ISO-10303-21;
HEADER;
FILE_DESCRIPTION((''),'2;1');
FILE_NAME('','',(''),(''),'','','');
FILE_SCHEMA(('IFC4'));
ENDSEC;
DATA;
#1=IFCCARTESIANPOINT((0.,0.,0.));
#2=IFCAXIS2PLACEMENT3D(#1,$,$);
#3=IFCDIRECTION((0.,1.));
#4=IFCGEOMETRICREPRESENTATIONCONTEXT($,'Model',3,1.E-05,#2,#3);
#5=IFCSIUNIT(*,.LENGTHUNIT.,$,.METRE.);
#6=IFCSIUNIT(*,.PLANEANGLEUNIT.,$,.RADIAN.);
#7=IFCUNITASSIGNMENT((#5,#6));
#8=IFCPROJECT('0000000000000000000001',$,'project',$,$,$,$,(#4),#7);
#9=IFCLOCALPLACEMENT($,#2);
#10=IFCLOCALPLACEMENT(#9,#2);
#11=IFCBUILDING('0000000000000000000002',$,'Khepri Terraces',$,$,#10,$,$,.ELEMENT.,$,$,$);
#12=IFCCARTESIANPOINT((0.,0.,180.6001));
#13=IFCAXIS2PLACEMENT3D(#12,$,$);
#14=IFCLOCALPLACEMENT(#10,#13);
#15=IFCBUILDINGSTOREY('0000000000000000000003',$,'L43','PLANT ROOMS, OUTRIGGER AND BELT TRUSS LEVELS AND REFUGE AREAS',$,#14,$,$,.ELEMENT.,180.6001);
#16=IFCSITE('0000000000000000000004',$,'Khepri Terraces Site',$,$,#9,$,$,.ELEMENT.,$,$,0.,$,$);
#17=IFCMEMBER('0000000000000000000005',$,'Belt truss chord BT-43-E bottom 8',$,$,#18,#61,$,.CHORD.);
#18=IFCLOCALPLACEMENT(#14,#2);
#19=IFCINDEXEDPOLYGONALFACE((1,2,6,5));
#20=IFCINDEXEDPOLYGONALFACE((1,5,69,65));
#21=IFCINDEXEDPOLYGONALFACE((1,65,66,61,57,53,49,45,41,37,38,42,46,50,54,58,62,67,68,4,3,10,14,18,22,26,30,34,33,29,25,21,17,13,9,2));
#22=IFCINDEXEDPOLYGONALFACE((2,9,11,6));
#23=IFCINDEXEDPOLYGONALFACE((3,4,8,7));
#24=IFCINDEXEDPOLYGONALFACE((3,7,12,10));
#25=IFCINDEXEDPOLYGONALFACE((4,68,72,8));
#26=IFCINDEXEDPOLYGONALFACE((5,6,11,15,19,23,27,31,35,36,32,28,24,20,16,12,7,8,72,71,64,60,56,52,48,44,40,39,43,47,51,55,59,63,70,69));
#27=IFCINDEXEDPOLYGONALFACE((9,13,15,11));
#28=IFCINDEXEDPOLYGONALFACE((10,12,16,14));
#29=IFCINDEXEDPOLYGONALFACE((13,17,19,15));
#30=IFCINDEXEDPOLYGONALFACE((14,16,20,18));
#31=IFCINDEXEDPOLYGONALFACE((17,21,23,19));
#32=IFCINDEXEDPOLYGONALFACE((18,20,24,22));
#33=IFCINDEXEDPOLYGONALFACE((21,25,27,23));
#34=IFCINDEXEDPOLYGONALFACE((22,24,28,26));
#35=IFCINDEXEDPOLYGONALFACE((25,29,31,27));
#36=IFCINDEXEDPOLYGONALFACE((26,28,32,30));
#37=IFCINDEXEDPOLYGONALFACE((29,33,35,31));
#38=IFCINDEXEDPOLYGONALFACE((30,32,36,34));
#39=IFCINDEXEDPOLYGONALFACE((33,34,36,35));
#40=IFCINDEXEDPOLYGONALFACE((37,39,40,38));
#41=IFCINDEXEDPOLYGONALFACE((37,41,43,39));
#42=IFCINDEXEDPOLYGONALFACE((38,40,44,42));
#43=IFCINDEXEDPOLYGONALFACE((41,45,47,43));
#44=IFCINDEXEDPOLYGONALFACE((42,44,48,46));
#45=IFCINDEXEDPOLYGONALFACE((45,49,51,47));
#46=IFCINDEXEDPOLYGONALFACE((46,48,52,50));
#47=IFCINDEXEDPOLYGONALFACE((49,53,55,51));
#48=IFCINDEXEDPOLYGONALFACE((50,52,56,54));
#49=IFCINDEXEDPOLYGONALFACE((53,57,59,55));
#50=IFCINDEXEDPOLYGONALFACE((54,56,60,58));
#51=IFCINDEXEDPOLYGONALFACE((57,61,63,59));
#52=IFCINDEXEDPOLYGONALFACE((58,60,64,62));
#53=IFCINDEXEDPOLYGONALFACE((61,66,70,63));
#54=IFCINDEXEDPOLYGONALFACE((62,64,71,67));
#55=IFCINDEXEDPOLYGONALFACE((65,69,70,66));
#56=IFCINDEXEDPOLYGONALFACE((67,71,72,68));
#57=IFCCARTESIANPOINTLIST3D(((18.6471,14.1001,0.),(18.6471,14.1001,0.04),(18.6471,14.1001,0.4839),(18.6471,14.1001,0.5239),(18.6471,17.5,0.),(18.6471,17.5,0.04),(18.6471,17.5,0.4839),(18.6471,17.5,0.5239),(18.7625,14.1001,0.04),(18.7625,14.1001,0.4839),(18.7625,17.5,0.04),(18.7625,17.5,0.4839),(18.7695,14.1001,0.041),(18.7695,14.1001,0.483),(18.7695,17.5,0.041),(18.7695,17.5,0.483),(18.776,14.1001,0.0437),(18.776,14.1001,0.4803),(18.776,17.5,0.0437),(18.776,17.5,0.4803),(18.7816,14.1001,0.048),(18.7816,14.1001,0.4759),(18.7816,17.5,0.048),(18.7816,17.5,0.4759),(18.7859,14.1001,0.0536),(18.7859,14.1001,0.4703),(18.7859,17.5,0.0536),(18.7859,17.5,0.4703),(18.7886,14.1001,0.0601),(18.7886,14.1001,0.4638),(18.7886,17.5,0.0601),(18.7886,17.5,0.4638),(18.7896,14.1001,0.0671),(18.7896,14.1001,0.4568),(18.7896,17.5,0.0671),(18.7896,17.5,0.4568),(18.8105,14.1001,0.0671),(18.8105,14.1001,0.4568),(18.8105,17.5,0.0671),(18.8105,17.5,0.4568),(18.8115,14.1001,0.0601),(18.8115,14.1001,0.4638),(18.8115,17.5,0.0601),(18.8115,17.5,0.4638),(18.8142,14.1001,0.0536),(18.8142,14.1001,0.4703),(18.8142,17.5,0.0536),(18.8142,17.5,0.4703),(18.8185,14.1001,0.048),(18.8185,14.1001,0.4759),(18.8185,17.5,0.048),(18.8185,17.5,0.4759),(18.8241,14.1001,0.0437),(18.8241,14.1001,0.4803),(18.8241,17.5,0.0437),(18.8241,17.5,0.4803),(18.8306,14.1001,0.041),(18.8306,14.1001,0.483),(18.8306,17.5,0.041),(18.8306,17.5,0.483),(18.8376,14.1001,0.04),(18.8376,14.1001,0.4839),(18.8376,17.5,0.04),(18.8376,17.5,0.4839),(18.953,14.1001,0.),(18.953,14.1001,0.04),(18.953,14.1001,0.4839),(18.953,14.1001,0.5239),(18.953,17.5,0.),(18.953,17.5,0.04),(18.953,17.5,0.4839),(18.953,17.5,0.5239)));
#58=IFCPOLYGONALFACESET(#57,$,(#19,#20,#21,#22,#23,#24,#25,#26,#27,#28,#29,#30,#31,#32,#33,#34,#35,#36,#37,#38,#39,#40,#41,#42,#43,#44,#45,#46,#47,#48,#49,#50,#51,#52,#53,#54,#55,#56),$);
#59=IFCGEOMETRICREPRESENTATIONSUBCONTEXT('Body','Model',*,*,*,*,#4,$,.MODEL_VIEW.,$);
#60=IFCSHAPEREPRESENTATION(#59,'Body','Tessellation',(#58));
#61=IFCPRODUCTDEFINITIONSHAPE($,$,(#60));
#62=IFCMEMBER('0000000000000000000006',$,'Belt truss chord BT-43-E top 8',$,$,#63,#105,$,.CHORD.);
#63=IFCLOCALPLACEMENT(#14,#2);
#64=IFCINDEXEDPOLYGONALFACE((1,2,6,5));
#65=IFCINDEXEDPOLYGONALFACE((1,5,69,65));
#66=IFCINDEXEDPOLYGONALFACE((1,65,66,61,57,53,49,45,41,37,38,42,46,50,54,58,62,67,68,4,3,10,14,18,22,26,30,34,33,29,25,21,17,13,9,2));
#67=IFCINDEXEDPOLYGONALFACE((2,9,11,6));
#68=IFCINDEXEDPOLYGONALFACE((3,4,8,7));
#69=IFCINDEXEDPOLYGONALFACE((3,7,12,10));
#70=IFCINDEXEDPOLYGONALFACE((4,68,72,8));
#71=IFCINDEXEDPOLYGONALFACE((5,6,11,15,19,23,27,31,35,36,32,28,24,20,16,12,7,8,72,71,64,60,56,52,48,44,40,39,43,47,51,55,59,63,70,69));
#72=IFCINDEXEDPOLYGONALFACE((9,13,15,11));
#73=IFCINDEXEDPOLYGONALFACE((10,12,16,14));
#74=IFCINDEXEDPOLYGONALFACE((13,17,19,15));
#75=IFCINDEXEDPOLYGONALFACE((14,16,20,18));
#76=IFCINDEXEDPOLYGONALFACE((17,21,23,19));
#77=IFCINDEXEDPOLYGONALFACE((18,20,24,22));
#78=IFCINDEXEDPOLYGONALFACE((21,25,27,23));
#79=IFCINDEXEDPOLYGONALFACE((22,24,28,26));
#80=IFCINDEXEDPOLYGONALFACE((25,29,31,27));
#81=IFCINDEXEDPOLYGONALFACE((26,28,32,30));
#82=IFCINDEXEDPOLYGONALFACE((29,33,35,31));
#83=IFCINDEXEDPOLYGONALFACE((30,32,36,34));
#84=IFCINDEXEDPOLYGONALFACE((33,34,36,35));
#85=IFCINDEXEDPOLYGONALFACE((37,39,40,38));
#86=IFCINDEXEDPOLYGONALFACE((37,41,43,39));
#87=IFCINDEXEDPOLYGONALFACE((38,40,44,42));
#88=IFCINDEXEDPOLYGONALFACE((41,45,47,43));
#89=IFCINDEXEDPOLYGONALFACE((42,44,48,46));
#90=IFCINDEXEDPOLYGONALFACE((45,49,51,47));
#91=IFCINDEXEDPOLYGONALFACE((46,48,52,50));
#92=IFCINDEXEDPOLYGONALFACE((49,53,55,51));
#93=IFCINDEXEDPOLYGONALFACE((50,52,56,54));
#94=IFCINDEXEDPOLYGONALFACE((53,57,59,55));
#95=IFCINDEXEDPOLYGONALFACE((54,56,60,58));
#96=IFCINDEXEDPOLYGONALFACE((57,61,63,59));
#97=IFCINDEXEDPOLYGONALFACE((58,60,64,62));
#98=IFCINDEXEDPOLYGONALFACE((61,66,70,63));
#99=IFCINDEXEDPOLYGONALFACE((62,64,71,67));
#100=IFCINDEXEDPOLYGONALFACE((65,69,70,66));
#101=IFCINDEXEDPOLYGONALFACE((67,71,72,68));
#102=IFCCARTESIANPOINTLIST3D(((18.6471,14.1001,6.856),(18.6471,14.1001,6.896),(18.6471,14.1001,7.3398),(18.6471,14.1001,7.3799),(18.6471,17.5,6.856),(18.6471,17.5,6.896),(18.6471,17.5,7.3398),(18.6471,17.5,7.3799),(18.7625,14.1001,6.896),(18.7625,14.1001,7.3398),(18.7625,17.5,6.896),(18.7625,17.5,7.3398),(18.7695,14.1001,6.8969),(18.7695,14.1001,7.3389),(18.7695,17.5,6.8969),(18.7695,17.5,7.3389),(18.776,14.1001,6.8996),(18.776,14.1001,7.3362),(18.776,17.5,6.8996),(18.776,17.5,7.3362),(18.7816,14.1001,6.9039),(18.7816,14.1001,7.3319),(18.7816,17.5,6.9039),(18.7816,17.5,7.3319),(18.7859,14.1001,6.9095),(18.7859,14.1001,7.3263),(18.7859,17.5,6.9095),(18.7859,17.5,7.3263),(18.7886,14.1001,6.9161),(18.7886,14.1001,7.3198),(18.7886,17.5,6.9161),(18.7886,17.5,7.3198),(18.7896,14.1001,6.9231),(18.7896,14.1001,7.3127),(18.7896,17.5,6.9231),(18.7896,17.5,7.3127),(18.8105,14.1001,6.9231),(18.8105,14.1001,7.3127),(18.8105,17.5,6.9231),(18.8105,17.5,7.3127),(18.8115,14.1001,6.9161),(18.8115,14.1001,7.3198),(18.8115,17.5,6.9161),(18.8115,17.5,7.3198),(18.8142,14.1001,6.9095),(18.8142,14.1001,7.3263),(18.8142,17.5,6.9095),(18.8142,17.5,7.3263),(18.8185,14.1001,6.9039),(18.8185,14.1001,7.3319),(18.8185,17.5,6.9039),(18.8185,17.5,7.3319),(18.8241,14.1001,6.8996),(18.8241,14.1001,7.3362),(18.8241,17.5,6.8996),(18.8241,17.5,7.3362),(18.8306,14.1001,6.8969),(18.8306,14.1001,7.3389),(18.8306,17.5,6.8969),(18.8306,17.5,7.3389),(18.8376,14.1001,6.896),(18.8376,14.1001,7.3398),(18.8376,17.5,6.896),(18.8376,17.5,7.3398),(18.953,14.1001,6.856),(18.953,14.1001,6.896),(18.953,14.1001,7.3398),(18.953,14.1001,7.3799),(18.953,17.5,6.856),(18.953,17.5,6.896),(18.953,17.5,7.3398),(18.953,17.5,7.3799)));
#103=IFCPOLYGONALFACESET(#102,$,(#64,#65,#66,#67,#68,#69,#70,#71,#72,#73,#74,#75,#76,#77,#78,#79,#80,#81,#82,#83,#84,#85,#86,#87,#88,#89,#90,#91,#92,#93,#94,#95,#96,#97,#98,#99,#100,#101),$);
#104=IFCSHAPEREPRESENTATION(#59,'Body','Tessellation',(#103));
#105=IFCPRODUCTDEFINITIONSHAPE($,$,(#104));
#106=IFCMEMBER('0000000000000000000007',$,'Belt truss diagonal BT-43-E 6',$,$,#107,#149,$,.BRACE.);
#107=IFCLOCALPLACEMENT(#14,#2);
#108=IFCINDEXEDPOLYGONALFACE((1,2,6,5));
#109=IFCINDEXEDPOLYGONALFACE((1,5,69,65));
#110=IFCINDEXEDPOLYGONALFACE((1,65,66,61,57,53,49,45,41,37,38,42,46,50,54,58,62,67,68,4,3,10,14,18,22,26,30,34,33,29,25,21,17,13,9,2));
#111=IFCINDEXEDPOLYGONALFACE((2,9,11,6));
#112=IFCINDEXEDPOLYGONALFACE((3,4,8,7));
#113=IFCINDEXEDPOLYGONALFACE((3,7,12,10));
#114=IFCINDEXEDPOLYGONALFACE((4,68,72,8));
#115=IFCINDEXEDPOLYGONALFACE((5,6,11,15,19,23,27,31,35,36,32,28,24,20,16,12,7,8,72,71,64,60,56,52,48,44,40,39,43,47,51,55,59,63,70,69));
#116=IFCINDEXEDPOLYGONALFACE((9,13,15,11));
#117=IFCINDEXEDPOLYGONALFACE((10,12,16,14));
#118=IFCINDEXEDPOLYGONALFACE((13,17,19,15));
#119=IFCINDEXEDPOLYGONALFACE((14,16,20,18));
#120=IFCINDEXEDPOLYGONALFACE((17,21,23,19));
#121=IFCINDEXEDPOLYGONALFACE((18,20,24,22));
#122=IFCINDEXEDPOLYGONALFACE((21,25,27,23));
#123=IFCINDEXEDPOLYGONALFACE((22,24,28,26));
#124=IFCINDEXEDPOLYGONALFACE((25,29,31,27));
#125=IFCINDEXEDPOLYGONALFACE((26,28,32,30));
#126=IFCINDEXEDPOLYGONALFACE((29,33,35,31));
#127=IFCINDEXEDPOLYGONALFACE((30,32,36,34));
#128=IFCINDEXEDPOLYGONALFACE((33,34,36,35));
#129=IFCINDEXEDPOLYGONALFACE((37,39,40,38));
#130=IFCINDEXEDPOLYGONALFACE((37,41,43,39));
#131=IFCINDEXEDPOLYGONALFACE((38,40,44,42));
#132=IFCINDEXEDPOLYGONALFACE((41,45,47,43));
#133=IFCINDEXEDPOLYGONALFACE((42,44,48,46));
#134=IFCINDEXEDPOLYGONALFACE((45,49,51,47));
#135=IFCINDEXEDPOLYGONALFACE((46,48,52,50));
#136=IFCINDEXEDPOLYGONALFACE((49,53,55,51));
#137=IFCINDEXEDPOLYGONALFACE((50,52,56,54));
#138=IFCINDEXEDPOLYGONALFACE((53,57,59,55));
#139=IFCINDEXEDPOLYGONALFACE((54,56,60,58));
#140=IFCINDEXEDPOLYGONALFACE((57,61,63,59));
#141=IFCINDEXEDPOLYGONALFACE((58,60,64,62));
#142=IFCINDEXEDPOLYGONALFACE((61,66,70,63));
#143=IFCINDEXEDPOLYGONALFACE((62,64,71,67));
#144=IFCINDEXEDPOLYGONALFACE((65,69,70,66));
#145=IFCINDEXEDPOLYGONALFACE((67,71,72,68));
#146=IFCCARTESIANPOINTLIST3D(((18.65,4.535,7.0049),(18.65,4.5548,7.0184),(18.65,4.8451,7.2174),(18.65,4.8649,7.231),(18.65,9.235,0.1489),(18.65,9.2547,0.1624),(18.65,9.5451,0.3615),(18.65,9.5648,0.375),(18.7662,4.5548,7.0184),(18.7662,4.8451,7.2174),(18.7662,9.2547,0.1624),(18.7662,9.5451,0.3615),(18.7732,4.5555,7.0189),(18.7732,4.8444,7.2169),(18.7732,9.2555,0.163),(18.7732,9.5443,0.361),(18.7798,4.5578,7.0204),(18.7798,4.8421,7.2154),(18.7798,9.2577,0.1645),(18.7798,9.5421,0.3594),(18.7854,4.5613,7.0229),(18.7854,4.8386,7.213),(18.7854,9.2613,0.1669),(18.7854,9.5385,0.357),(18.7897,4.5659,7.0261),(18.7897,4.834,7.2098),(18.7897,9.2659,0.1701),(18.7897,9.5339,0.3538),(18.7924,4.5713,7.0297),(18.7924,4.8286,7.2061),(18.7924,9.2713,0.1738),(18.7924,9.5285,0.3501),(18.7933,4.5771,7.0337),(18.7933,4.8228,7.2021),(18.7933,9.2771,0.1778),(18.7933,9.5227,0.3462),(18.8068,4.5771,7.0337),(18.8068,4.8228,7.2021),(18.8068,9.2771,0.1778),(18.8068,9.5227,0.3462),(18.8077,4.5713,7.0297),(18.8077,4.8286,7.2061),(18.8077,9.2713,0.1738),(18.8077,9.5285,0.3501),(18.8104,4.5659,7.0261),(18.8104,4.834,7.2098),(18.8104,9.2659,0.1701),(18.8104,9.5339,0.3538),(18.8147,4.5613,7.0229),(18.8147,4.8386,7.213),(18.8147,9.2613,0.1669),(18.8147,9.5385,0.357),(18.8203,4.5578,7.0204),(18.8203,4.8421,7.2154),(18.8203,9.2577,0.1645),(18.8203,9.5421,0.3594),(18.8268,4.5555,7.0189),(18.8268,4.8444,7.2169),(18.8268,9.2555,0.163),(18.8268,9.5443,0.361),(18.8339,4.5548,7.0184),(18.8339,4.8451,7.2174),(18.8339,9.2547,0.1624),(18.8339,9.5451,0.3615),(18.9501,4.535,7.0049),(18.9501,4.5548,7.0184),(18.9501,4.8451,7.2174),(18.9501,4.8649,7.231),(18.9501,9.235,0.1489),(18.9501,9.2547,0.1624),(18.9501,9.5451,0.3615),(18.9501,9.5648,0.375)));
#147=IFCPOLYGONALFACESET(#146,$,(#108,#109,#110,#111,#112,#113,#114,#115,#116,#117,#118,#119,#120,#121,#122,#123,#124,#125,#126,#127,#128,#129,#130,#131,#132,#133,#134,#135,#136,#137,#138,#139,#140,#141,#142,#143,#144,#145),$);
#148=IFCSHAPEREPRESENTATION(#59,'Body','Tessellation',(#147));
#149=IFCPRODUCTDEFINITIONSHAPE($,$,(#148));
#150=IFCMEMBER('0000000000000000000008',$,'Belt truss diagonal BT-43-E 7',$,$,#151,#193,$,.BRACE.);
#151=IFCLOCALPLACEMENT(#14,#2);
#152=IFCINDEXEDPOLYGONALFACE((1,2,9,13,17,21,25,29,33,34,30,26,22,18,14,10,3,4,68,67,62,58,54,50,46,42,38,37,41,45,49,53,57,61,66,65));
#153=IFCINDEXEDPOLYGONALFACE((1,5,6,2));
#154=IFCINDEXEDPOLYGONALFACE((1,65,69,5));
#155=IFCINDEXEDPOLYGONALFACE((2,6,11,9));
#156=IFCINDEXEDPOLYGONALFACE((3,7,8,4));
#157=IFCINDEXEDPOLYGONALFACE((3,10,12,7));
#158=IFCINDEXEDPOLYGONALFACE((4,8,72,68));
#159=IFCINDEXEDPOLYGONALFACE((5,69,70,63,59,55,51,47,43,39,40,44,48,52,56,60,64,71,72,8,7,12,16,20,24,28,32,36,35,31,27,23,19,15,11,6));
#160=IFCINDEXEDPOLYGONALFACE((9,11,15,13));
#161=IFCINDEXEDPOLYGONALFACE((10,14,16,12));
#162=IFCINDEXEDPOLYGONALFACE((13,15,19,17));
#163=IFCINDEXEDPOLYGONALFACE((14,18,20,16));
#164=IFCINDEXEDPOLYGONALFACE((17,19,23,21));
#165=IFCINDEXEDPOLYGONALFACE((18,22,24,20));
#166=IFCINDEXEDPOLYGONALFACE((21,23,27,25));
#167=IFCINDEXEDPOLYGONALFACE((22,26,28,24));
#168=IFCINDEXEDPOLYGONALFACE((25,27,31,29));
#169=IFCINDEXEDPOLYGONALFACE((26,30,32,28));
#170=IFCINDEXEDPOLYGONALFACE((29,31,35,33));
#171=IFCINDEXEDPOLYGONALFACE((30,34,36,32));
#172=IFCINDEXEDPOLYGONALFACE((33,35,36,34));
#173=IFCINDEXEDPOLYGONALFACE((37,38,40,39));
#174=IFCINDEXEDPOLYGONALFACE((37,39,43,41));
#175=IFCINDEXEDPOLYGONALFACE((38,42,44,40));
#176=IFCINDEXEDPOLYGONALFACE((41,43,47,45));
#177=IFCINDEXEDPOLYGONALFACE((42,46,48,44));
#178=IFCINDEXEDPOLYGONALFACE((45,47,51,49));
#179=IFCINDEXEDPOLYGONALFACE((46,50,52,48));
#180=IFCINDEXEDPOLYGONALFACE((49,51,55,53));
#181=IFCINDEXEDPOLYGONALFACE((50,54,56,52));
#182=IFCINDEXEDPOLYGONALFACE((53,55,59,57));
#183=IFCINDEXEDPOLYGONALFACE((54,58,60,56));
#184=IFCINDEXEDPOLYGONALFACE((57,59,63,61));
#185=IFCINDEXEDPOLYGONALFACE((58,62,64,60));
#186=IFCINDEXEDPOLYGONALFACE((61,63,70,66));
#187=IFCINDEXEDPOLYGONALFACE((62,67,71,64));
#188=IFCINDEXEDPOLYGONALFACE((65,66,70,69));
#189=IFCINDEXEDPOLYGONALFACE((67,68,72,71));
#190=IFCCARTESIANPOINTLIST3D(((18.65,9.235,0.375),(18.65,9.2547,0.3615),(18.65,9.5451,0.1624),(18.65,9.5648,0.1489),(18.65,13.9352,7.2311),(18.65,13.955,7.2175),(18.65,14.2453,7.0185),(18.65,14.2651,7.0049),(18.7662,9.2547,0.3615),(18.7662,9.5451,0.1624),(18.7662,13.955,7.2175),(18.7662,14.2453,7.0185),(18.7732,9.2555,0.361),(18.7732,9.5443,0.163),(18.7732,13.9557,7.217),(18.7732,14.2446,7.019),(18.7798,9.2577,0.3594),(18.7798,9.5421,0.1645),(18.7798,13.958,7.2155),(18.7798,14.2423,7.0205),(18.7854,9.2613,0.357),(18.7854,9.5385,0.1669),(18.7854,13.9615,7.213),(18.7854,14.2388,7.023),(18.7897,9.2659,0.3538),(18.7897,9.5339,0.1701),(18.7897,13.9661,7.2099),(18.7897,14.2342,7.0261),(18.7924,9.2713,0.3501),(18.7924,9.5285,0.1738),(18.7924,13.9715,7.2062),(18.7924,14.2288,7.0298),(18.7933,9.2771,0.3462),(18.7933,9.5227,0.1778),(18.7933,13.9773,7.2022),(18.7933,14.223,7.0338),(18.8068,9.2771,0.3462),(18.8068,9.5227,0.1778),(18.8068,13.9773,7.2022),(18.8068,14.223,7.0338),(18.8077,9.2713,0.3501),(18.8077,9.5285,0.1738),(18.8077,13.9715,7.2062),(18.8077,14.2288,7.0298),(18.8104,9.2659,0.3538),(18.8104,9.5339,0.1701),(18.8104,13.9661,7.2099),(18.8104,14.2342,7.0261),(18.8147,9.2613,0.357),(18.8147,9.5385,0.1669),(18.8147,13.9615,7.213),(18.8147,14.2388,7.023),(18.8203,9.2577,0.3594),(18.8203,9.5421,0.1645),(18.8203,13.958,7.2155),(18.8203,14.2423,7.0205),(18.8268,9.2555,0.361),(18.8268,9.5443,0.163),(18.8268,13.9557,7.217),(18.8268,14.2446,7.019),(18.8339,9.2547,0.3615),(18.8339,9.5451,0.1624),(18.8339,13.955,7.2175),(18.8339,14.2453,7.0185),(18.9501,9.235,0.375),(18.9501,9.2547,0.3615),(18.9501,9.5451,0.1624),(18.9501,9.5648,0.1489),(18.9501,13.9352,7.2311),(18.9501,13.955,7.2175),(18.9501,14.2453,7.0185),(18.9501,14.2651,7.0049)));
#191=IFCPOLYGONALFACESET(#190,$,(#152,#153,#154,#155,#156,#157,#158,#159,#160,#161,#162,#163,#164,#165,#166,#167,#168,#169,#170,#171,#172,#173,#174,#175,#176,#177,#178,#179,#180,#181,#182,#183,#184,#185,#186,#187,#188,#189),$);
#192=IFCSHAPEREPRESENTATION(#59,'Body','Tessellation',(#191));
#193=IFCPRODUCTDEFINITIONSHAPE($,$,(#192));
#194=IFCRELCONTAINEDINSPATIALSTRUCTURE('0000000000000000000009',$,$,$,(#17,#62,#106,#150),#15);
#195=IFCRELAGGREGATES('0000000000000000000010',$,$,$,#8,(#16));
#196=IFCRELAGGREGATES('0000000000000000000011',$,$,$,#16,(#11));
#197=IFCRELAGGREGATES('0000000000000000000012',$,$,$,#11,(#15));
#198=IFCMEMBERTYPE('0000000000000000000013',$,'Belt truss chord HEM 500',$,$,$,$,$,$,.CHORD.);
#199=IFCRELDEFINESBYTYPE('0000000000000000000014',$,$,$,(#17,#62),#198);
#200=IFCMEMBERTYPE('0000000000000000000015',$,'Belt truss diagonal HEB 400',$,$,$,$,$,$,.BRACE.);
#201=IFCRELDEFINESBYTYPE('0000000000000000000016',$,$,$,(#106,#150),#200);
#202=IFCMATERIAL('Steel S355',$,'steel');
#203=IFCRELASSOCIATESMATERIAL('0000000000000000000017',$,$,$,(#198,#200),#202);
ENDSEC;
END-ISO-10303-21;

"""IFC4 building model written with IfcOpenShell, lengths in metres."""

from ifc_helpers import new_model, si_unit, direction, frame, origin, origin_2d, place, context, subcontext, project, spatial, i_section, extrude, material, material_profile, profile_set, type_object, element, save


model = new_model("IFC4")

# Units and contexts
model_context = context("Model", 3, precision=1e-05, world=origin(), true_north=direction((0.0, 1.0)))
body_context = subcontext(model_context, "Body", "Model", "MODEL_VIEW")
ifc_project = project(units=[si_unit("LENGTHUNIT", "METRE"), si_unit("PLANEANGLEUNIT", "RADIAN")], contexts=[model_context])

# Site, building, storey
site_placement = place(None, origin())
site = spatial("IfcSite", under=ifc_project, at=site_placement, Name="Khepri Terraces Site", CompositionType="ELEMENT", RefElevation=0.0)
building_placement = place(site_placement, origin())
building = spatial("IfcBuilding", under=site, at=building_placement, Name="Khepri Terraces", CompositionType="ELEMENT")
storey_placement = place(building_placement, frame((0.0, 0.0, 180.6001)))
storey = spatial("IfcBuildingStorey", under=building, at=storey_placement, Name="L43", Description="PLANT ROOMS, OUTRIGGER AND BELT TRUSS LEVELS AND REFUGE AREAS", CompositionType="ELEMENT", Elevation=180.6001)

# Members
ifc_material_1 = material(Name="Steel S355", Category="steel")
ifc_material_profile_1 = material_profile(ifc_material_1, i_section(OverallWidth=0.3059, OverallDepth=0.5239, WebThickness=0.021, FlangeThickness=0.04, FilletRadius=0.0271, at=origin_2d()), Name="Steel S355", Category="steel")
ifc_profile_set_1 = profile_set([ifc_material_profile_1], Name="Steel S355")
member_type_1 = type_object("IfcMemberType", Name="Belt truss chord HEM 500", PredefinedType="CHORD", material=ifc_profile_set_1)
for number, where, z_axis, x_axis, name in (
    (1, (18.8, 14.1001, 0.262), (0.0, 1.0, 0.0), (-1.0, 0.0, 0.0), "Belt truss chord BT-43-E bottom 8"),
    (2, (18.8, 14.1001, 7.1179), (0.0, 1.0, 0.0), (-1.0, 0.0, 0.0), "Belt truss chord BT-43-E top 8"),
):
    element("IfcMember", number, at=place(storey_placement, frame(where, z_axis=z_axis, x_axis=x_axis)), inside=storey, type_object=member_type_1, Name=name, PredefinedType="CHORD", context=body_context, shape_type="SweptSolid", body=[
        extrude(i_section(OverallWidth=0.3059, OverallDepth=0.5239, WebThickness=0.021, FlangeThickness=0.04, FilletRadius=0.0271, at=origin_2d()), origin(), (0.0, 0.0, 1.0), 3.3999),
    ])
ifc_material_profile_2 = material_profile(ifc_material_1, i_section(OverallWidth=0.3, OverallDepth=0.3999, WebThickness=0.0134, FlangeThickness=0.0239, FilletRadius=0.0271, at=origin_2d()), Name="Steel S355", Category="steel")
ifc_profile_set_2 = profile_set([ifc_material_profile_2], Name="Steel S355")
member_type_2 = type_object("IfcMemberType", Name="Belt truss diagonal HEB 400", PredefinedType="BRACE", material=ifc_profile_set_2)
member_1_placement = place(storey_placement, frame((18.8, 4.7, 7.1179), z_axis=(0.0, 0.565424, -0.8248), x_axis=(-1.0, 0.0, 0.0)))
element("IfcMember", 3, at=member_1_placement, inside=storey, type_object=member_type_2, Name="Belt truss diagonal BT-43-E 6", PredefinedType="BRACE", context=body_context, shape_type="SweptSolid", body=[
    extrude(i_section(OverallWidth=0.3, OverallDepth=0.3999, WebThickness=0.0134, FlangeThickness=0.0239, FilletRadius=0.0271, at=origin_2d()), origin(), (0.0, 0.0, 1.0), 8.3123),
])
member_2_placement = place(storey_placement, frame((18.8, 9.3999, 0.262), z_axis=(0.0, 0.565444, 0.824787), x_axis=(-1.0, 0.0, 0.0)))
element("IfcMember", 4, at=member_2_placement, inside=storey, type_object=member_type_2, Name="Belt truss diagonal BT-43-E 7", PredefinedType="BRACE", context=body_context, shape_type="SweptSolid", body=[
    extrude(i_section(OverallWidth=0.3, OverallDepth=0.3999, WebThickness=0.0134, FlangeThickness=0.0239, FilletRadius=0.0271, at=origin_2d()), origin(), (0.0, 0.0, 1.0), 8.3125),
])

save(model, "model.ifc")
